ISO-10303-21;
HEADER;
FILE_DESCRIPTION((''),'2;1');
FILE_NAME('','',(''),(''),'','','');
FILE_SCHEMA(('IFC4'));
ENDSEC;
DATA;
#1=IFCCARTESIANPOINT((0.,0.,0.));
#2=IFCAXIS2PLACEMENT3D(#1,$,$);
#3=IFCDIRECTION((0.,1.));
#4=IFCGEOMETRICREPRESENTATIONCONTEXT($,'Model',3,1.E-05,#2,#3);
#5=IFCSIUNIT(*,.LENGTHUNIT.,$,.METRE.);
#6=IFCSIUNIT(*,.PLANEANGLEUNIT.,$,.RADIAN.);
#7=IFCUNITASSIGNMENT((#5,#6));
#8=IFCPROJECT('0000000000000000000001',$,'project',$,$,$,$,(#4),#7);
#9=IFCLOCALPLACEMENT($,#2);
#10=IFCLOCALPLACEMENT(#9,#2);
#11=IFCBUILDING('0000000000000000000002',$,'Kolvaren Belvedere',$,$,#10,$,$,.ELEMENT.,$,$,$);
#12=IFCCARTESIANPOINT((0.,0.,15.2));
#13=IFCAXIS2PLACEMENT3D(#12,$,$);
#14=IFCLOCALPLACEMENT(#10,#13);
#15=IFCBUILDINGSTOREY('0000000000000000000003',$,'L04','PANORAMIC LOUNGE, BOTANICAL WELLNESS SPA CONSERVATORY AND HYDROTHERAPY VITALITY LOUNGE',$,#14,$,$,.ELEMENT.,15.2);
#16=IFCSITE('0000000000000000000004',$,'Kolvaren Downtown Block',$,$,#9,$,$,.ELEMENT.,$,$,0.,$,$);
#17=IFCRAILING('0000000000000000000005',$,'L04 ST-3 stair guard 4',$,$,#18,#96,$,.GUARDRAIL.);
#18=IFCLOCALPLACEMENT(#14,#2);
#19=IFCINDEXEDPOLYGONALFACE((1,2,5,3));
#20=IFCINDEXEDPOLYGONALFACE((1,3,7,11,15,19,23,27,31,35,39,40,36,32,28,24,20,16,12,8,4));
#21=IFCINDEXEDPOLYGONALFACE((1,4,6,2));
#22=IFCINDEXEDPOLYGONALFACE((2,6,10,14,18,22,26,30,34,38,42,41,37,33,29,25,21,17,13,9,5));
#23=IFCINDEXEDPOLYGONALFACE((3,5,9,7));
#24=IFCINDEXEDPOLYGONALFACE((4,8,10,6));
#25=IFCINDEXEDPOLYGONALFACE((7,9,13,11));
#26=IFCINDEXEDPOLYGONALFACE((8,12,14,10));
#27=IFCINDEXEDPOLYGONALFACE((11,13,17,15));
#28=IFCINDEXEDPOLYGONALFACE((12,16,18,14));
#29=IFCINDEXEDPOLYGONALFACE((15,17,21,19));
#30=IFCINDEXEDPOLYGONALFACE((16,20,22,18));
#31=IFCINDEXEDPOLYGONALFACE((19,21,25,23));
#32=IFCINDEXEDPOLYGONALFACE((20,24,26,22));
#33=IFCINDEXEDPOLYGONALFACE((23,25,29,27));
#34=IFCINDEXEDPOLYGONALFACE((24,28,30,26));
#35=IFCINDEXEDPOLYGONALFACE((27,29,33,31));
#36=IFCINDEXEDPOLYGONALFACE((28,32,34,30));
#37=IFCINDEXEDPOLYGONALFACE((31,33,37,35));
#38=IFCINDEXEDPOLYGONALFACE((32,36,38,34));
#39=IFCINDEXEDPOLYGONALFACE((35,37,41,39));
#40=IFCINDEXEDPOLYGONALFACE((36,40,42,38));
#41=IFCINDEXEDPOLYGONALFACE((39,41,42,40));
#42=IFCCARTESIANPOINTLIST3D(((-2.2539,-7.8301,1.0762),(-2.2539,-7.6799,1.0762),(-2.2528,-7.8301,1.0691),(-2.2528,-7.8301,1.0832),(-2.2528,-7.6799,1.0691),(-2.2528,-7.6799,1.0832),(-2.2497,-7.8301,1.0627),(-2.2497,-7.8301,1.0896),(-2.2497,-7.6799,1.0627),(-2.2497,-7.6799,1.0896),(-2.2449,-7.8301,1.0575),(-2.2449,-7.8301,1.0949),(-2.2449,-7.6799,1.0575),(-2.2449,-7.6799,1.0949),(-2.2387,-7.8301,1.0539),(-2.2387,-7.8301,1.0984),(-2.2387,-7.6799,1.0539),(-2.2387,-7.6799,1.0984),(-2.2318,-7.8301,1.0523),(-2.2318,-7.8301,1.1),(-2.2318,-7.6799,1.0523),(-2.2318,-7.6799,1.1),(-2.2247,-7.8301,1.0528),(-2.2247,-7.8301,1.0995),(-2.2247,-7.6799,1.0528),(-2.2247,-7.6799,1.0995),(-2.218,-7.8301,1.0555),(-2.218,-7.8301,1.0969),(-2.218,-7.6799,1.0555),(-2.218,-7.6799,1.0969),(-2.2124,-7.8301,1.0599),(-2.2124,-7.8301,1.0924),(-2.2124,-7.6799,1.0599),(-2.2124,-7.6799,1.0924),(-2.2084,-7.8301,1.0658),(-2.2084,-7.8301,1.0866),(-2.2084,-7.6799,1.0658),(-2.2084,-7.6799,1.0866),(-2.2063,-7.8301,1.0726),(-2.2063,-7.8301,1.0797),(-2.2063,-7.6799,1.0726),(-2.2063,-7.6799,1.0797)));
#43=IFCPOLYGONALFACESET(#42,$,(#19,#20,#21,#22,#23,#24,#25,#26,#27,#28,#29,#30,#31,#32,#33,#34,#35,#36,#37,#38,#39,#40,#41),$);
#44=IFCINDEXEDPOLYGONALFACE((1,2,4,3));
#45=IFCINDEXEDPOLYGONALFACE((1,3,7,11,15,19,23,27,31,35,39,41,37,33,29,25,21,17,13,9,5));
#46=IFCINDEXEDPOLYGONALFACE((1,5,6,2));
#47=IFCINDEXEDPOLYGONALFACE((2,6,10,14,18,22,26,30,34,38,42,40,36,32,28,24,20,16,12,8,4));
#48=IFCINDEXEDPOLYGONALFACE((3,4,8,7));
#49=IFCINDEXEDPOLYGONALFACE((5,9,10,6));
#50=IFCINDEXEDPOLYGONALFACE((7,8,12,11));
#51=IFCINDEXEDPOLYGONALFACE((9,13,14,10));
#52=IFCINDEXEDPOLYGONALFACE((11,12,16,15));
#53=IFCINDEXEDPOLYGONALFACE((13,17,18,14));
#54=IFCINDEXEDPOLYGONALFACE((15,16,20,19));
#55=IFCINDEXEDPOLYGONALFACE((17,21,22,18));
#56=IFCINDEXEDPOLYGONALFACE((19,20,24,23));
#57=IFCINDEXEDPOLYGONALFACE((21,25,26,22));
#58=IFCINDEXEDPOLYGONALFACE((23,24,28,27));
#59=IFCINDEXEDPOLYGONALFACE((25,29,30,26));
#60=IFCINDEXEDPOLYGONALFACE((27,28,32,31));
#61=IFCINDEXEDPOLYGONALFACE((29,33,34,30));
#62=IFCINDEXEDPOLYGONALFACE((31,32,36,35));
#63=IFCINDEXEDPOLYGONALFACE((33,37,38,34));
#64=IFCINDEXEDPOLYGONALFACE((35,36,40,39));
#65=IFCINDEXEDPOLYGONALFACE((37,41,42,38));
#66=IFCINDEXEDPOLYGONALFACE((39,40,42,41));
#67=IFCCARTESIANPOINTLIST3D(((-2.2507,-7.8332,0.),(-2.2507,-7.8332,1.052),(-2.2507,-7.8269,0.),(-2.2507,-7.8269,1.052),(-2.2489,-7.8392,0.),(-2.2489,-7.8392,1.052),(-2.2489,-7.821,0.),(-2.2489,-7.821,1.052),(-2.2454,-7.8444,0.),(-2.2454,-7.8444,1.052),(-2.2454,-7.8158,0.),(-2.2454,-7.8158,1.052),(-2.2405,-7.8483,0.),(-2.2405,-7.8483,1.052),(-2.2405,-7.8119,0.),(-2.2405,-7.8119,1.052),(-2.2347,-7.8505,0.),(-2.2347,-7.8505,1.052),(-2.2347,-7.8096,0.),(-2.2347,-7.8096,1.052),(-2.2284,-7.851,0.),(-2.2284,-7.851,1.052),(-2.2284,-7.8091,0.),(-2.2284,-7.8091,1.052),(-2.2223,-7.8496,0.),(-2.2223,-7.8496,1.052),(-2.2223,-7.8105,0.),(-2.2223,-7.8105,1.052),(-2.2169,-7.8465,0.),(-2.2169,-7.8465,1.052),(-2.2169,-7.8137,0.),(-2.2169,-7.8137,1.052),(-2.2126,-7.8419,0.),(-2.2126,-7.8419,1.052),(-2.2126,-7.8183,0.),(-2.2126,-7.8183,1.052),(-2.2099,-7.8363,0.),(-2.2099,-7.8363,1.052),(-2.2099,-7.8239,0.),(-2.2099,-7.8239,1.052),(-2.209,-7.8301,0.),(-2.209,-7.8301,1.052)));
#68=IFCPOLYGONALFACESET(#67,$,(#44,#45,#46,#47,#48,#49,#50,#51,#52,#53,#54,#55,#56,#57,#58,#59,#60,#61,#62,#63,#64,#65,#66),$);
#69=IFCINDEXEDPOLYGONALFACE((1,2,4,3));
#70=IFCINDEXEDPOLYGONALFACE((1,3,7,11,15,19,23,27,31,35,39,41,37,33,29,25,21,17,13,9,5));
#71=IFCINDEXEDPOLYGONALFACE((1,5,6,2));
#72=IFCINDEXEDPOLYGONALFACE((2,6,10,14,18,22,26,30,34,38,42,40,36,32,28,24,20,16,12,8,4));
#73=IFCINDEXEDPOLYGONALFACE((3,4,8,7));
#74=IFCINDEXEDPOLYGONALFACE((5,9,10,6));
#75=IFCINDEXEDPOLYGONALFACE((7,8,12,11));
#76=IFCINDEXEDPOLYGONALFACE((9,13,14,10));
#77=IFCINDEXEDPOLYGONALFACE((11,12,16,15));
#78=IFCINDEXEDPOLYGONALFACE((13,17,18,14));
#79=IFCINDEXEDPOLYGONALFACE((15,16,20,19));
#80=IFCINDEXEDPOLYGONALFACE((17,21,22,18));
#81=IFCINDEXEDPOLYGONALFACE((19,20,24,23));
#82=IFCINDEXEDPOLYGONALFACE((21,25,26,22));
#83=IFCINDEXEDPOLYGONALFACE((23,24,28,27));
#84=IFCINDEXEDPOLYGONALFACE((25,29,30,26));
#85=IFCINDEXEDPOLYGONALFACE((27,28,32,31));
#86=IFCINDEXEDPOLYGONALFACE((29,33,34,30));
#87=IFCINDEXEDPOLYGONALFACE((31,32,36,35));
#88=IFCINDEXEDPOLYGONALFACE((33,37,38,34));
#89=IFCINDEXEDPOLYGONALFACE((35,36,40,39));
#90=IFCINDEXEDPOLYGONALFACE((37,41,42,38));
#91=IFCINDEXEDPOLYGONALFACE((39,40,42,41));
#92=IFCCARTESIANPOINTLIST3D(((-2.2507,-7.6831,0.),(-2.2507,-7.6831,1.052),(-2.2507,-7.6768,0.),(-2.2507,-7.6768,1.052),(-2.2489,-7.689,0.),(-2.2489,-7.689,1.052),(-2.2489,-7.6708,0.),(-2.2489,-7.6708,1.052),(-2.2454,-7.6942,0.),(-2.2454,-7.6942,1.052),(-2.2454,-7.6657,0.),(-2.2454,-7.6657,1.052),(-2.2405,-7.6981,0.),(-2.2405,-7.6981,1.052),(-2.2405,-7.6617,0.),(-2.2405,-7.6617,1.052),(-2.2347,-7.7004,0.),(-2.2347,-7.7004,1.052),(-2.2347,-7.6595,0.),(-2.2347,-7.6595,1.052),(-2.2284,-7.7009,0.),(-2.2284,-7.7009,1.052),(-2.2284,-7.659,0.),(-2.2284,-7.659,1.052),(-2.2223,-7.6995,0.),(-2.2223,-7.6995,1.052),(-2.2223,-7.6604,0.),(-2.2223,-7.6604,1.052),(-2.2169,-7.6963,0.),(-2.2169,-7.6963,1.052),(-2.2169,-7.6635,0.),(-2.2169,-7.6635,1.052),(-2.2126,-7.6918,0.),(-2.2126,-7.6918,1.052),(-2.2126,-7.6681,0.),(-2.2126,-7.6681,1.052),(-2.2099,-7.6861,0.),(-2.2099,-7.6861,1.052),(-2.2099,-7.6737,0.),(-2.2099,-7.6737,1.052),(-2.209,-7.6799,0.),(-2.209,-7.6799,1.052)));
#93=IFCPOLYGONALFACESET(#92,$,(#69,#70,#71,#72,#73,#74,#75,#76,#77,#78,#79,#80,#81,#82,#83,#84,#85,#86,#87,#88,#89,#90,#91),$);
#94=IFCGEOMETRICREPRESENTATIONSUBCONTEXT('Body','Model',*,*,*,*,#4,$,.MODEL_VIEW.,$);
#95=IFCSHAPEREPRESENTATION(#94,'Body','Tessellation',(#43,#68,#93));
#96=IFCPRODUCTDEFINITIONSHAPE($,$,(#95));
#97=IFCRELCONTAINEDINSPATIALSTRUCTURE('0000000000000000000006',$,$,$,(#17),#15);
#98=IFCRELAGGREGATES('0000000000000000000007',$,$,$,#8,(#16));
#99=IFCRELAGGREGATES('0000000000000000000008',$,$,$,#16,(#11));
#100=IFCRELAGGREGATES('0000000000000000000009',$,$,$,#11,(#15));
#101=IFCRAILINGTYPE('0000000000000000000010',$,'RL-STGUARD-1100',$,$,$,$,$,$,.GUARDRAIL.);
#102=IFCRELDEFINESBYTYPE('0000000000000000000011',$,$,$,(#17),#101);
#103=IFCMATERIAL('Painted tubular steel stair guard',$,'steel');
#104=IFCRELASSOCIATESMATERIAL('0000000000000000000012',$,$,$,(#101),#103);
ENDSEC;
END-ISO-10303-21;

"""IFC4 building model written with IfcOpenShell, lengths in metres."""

from ifc_helpers import new_model, si_unit, direction, frame, origin, origin_2d, place, context, subcontext, project, spatial, circle, extrude, material, type_object, element, save


model = new_model("IFC4")

# Units and contexts
model_context = context("Model", 3, precision=1e-05, world=origin(), true_north=direction((0.0, 1.0)))
body_context = subcontext(model_context, "Body", "Model", "MODEL_VIEW")
ifc_project = project(units=[si_unit("LENGTHUNIT", "METRE"), si_unit("PLANEANGLEUNIT", "RADIAN")], contexts=[model_context])

# Site, building, storey
site_placement = place(None, origin())
site = spatial("IfcSite", under=ifc_project, at=site_placement, Name="Kolvaren Downtown Block", CompositionType="ELEMENT", RefElevation=0.0)
building_placement = place(site_placement, origin())
building = spatial("IfcBuilding", under=site, at=building_placement, Name="Kolvaren Belvedere", CompositionType="ELEMENT")
storey_placement = place(building_placement, frame((0.0, 0.0, 15.2)))
storey = spatial("IfcBuildingStorey", under=building, at=storey_placement, Name="L04", Description="PANORAMIC LOUNGE, BOTANICAL WELLNESS SPA CONSERVATORY AND HYDROTHERAPY VITALITY LOUNGE", CompositionType="ELEMENT", Elevation=15.2)

# Railing
ifc_material_1 = material(Name="Painted tubular steel stair guard", Category="steel")
railing_type_1 = type_object("IfcRailingType", Name="RL-STGUARD-1100", PredefinedType="GUARDRAIL", material=ifc_material_1)
railing_1_placement = place(storey_placement, frame((-2.23, -7.8301, 0.0)))
element("IfcRailing", 1, at=railing_1_placement, inside=storey, type_object=railing_type_1, Name="L04 ST-3 stair guard 4", PredefinedType="GUARDRAIL", context=body_context, shape_type="SweptSolid", body=[
    extrude(circle(Radius=0.0239, at=origin_2d()), frame((0.0, 0.0, 1.0762), z_axis=(0.0, 1.0, 0.0), x_axis=(-1.0, 0.0, 0.0)), (0.0, 0.0, 1.0), 0.1501),
    extrude(circle(Radius=0.021, at=origin_2d()), origin(), (0.0, 0.0, 1.0), 1.052),
    extrude(circle(Radius=0.021, at=origin_2d()), frame((0.0, 0.1501, 0.0)), (0.0, 0.0, 1.0), 1.052),
])

save(model, "model.ifc")
